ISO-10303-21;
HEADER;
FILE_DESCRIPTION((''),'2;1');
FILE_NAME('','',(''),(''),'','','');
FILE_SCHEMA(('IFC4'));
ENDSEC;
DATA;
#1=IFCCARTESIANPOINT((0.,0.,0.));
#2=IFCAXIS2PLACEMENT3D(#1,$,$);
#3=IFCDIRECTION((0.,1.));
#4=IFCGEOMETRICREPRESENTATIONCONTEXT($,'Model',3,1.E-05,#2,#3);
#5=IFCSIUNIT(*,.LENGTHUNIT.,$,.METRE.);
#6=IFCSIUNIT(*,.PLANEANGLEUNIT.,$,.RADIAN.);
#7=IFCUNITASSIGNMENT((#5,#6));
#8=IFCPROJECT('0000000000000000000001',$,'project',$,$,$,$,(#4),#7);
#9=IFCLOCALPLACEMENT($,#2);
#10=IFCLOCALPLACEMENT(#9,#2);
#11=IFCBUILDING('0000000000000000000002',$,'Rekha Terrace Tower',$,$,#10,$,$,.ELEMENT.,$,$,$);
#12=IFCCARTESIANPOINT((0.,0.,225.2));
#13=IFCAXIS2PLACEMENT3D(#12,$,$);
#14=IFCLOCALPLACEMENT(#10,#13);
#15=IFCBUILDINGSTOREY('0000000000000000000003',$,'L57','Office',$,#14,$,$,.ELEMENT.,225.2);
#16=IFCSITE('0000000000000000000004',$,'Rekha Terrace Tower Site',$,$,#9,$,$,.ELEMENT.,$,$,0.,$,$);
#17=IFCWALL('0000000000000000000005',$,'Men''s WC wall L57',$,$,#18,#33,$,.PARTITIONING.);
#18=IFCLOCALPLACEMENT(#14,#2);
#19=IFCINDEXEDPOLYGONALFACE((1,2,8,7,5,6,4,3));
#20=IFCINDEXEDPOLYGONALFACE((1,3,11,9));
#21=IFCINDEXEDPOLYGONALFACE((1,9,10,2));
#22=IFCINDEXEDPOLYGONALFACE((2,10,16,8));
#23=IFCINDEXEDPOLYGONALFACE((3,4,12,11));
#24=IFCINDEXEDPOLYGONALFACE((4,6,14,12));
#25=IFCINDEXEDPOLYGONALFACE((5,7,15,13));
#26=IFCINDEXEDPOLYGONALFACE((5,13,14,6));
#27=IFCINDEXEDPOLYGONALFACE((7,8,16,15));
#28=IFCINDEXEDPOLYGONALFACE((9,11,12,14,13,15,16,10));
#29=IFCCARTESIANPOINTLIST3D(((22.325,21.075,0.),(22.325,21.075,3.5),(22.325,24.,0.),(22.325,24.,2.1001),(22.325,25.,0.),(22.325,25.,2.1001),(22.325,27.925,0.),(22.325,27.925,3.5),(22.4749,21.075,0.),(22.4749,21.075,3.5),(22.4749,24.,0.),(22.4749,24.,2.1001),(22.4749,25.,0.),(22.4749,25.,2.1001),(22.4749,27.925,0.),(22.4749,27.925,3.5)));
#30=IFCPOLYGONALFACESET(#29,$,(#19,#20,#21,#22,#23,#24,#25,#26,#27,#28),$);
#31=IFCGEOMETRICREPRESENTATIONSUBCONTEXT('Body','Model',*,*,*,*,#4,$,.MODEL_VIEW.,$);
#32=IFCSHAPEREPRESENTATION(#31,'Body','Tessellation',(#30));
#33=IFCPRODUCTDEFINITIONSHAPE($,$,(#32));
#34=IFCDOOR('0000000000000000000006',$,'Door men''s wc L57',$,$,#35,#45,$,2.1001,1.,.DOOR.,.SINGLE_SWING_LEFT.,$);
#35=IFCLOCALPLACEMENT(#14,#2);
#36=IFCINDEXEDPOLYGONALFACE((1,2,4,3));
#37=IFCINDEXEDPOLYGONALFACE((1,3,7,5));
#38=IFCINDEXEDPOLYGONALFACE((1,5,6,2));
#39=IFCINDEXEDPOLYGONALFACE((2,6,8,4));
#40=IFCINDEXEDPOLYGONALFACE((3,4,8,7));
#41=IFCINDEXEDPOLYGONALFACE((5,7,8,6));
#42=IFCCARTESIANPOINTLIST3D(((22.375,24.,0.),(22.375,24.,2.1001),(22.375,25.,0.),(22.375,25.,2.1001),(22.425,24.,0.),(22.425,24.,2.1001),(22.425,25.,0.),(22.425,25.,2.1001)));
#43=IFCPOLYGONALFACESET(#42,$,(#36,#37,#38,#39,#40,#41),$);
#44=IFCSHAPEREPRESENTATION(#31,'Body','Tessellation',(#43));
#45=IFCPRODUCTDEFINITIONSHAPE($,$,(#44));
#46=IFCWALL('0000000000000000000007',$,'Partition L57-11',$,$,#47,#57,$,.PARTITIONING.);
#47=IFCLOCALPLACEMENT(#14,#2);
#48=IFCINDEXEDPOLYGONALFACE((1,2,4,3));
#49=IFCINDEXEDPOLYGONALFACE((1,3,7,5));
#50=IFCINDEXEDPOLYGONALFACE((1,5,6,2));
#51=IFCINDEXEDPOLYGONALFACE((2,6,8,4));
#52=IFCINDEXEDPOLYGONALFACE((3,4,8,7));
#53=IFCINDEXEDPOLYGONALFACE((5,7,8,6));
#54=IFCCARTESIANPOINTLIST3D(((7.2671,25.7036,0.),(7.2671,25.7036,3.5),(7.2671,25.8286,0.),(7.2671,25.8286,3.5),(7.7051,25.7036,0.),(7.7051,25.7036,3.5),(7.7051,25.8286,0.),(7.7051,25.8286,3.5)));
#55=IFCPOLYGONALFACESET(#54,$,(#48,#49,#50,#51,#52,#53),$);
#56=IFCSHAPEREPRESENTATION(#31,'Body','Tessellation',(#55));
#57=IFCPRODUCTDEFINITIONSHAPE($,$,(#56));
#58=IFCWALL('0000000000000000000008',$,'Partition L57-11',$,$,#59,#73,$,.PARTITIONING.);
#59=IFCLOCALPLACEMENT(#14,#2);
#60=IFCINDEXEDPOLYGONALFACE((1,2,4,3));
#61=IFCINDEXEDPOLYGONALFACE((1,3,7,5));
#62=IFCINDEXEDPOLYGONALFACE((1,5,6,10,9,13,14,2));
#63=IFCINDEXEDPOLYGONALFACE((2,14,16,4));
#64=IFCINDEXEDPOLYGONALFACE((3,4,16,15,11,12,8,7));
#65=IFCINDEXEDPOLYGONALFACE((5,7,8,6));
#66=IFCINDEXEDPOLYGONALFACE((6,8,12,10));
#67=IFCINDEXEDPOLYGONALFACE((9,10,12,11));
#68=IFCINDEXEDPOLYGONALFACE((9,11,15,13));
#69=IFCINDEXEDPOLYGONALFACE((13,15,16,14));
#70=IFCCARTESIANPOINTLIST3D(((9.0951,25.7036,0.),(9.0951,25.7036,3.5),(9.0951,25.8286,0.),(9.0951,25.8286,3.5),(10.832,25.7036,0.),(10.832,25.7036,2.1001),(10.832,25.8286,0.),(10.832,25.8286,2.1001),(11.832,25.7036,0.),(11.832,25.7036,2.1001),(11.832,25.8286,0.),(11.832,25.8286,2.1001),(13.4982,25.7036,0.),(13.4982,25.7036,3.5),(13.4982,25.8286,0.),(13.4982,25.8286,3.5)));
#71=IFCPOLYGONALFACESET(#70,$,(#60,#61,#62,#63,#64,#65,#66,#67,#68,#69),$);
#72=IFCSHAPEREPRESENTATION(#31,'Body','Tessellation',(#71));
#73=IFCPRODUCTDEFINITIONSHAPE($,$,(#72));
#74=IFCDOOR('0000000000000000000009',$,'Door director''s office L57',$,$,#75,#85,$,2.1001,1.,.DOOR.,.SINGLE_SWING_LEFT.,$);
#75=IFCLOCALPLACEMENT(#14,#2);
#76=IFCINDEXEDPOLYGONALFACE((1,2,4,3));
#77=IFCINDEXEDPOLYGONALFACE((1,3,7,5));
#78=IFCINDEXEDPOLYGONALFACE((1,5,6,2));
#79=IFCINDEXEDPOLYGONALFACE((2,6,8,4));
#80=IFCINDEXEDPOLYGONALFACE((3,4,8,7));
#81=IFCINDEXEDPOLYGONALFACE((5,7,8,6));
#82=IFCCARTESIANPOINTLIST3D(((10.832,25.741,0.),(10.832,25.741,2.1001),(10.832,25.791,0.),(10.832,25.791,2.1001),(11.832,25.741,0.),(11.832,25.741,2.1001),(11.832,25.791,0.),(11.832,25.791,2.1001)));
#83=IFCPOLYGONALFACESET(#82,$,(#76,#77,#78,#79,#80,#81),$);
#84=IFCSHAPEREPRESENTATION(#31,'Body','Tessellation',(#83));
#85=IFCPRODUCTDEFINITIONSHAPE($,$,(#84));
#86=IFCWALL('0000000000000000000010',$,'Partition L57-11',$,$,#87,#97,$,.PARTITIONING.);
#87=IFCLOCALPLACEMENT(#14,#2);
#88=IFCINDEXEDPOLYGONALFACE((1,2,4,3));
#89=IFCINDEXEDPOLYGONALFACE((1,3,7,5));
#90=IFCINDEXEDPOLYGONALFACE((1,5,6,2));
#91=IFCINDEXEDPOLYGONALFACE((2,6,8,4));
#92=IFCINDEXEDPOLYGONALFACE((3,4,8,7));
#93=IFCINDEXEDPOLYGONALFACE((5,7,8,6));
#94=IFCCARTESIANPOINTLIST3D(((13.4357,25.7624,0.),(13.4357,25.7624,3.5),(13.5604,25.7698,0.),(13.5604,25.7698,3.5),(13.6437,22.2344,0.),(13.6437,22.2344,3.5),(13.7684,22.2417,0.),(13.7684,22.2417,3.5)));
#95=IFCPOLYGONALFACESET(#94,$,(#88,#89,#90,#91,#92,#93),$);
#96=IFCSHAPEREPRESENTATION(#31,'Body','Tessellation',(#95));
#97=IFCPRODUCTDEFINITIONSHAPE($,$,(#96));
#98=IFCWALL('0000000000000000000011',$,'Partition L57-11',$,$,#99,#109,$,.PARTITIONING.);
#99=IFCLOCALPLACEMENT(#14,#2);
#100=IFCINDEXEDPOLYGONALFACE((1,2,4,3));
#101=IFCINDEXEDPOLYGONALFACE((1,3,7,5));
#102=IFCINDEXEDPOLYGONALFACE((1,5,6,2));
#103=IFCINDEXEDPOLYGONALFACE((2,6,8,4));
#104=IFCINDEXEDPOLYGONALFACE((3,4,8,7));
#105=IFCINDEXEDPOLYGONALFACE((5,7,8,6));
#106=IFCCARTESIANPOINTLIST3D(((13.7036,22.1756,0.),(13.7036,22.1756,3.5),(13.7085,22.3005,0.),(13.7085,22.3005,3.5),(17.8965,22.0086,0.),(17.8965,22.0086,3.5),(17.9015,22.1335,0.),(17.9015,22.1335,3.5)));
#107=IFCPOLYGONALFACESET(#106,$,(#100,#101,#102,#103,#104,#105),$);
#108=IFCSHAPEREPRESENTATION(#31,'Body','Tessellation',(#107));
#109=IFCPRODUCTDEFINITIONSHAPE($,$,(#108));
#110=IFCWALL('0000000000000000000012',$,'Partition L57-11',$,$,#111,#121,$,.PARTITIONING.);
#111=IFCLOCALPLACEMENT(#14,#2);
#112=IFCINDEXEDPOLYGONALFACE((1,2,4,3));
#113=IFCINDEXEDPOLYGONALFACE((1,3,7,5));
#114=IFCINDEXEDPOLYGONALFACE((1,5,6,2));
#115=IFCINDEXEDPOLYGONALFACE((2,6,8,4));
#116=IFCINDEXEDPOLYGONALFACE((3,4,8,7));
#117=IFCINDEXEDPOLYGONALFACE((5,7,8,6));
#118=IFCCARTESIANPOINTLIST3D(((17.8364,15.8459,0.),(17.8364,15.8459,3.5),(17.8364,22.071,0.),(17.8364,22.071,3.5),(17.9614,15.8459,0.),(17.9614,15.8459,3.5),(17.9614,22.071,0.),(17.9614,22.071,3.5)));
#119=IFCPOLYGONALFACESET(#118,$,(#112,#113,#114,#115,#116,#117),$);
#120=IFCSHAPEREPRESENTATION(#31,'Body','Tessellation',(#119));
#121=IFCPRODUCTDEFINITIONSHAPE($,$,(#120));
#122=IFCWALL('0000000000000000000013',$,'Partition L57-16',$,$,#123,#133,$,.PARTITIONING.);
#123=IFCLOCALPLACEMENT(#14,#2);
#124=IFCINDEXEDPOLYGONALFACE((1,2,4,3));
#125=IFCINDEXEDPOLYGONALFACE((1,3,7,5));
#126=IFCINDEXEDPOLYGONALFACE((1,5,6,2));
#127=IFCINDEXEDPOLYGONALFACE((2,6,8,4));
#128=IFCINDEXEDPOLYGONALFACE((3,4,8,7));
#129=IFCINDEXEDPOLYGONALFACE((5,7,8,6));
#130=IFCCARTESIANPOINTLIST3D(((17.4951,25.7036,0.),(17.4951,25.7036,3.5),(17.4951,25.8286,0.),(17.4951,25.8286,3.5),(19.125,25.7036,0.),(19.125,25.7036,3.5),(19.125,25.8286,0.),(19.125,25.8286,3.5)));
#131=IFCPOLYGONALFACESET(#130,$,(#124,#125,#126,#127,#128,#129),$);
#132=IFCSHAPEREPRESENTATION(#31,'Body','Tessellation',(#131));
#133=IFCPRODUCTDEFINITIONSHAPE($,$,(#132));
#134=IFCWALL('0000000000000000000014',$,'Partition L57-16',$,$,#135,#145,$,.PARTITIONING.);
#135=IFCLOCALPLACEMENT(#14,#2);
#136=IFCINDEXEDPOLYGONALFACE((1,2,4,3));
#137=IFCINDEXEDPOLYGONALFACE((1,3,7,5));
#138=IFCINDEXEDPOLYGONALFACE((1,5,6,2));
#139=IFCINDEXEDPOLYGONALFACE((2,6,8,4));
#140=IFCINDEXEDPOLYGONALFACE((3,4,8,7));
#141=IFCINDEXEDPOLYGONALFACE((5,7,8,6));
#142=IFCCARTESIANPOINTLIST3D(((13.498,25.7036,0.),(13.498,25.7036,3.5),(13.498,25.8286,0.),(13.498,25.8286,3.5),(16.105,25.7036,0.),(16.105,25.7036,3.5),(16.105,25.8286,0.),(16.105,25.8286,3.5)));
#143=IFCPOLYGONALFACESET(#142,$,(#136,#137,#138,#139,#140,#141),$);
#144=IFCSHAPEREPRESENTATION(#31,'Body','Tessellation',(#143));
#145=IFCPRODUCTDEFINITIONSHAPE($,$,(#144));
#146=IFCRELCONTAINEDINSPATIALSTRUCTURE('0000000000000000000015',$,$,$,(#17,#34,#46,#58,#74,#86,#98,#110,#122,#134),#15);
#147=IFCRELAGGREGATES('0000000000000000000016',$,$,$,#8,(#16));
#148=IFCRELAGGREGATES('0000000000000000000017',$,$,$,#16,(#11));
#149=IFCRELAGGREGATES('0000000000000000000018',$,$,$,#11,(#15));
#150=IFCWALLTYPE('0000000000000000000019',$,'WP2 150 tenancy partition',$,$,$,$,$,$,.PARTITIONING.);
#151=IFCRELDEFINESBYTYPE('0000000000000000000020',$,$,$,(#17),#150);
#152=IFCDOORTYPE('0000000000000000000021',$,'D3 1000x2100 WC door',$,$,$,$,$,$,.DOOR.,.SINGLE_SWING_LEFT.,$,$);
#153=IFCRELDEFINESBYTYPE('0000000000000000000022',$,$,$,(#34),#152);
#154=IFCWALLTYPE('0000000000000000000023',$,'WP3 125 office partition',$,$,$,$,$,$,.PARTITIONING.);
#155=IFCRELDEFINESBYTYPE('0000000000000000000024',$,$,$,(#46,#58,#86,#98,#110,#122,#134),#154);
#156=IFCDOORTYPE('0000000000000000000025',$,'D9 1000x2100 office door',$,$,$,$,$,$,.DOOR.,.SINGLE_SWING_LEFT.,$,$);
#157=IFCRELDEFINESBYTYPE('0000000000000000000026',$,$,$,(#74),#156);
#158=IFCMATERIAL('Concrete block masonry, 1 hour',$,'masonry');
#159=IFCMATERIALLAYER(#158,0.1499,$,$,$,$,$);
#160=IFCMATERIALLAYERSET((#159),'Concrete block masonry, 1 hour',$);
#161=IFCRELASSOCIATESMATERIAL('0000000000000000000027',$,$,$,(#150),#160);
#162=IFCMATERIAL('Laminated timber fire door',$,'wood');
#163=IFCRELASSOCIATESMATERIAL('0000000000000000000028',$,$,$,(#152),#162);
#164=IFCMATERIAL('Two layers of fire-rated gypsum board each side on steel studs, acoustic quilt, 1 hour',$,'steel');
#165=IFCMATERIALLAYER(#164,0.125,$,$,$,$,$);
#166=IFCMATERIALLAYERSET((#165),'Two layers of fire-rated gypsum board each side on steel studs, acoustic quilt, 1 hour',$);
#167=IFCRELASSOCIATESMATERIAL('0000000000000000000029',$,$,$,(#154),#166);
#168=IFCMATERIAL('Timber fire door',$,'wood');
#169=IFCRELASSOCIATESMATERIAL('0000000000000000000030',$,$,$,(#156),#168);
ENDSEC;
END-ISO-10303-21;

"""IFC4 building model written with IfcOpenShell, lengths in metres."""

from ifc_helpers import new_model, si_unit, direction, frame, frame_2d, origin, place, context, subcontext, project, spatial, rectangle, extrude, material, layer, layer_set, type_object, element, fill, save


model = new_model("IFC4")

# Units and contexts
model_context = context("Model", 3, precision=1e-05, world=origin(), true_north=direction((0.0, 1.0)))
body_context = subcontext(model_context, "Body", "Model", "MODEL_VIEW")
ifc_project = project(units=[si_unit("LENGTHUNIT", "METRE"), si_unit("PLANEANGLEUNIT", "RADIAN")], contexts=[model_context])

# Site, building, storey
site_placement = place(None, origin())
site = spatial("IfcSite", under=ifc_project, at=site_placement, Name="Rekha Terrace Tower Site", CompositionType="ELEMENT", RefElevation=0.0)
building_placement = place(site_placement, origin())
building = spatial("IfcBuilding", under=site, at=building_placement, Name="Rekha Terrace Tower", CompositionType="ELEMENT")
storey_placement = place(building_placement, frame((0.0, 0.0, 225.2)))
storey = spatial("IfcBuildingStorey", under=building, at=storey_placement, Name="L57", Description="Office", CompositionType="ELEMENT", Elevation=225.2)

# Shared definitions
ifc_material_1 = material(Name="Concrete block masonry, 1 hour", Category="masonry")
ifc_layer_1 = layer(ifc_material_1, 0.1499)
ifc_layer_set_1 = layer_set([ifc_layer_1], Name="Concrete block masonry, 1 hour")
wall_type_1 = type_object("IfcWallType", Name="WP2 150 tenancy partition", PredefinedType="PARTITIONING", material=ifc_layer_set_1)

# Wall, opening, door
wall_1_placement = place(storey_placement, frame((22.3999, 21.075, 0.0), z_axis=(0.0, 0.0, 1.0), x_axis=(0.0, 1.0, 0.0)))
wall_1 = element("IfcWall", 1, at=wall_1_placement, inside=storey, type_object=wall_type_1, Name="Men's WC wall L57", PredefinedType="PARTITIONING", context=body_context, shape_type="SweptSolid", body=[
    extrude(rectangle(XDim=6.8501, YDim=0.1499, at=frame_2d((3.425, 0.0))), origin(), (0.0, 0.0, 1.0), 3.5),
])
opening_1_placement = place(wall_1_placement, frame((2.925, 0.0, 0.0)))
opening_1 = element("IfcOpeningElement", 2, at=opening_1_placement, cuts=wall_1, PredefinedType="OPENING", context=body_context, shape_type="SweptSolid", body=[
    extrude(rectangle(XDim=1.0, YDim=2.1001, at=frame_2d((0.5, 1.05))), frame((0.0, 0.085, 0.0), z_axis=(0.0, -1.0, 0.0), x_axis=(1.0, 0.0, 0.0)), (0.0, 0.0, 1.0), 0.1699),
])
ifc_material_2 = material(Name="Laminated timber fire door", Category="wood")
door_type_1 = type_object("IfcDoorType", Name="D3 1000x2100 WC door", OperationType="SINGLE_SWING_LEFT", PredefinedType="DOOR", material=ifc_material_2)
door_1_placement = place(opening_1_placement, origin())
door_1 = element("IfcDoor", 3, at=door_1_placement, inside=storey, type_object=door_type_1, Name="Door men's wc L57", OperationType="SINGLE_SWING_LEFT", OverallHeight=2.1001, OverallWidth=1.0, PredefinedType="DOOR", context=body_context, shape_type="SweptSolid", body=[
    extrude(rectangle(XDim=1.0, YDim=2.1001, at=frame_2d((0.5, 1.05))), frame((0.0, 0.0249, 0.0), z_axis=(0.0, -1.0, 0.0), x_axis=(1.0, 0.0, 0.0)), (0.0, 0.0, 1.0), 0.05),
])
fill(opening_1, door_1)

# Wall
ifc_material_3 = material(Name="Two layers of fire-rated gypsum board each side on steel studs, acoustic quilt, 1 hour", Category="steel")
ifc_layer_2 = layer(ifc_material_3, 0.125)
ifc_layer_set_2 = layer_set([ifc_layer_2], Name="Two layers of fire-rated gypsum board each side on steel studs, acoustic quilt, 1 hour")
wall_type_2 = type_object("IfcWallType", Name="WP3 125 office partition", PredefinedType="PARTITIONING", material=ifc_layer_set_2)
wall_2_placement = place(storey_placement, frame((7.2671, 25.7661, 0.0), z_axis=(0.0, 0.0, 1.0), x_axis=(1.0, 0.0, 0.0)))
element("IfcWall", 4, at=wall_2_placement, inside=storey, type_object=wall_type_2, Name="Partition L57-11", PredefinedType="PARTITIONING", context=body_context, shape_type="SweptSolid", body=[
    extrude(rectangle(XDim=0.438, YDim=0.125, at=frame_2d((0.219, 0.0))), origin(), (0.0, 0.0, 1.0), 3.5),
])

# Wall, opening, door
wall_3_placement = place(storey_placement, frame((9.095, 25.7661, 0.0), z_axis=(0.0, 0.0, 1.0), x_axis=(1.0, 0.0, 0.0)))
wall_3 = element("IfcWall", 5, at=wall_3_placement, inside=storey, type_object=wall_type_2, Name="Partition L57-11", PredefinedType="PARTITIONING", context=body_context, shape_type="SweptSolid", body=[
    extrude(rectangle(XDim=4.4031, YDim=0.125, at=frame_2d((2.2017, 0.0))), origin(), (0.0, 0.0, 1.0), 3.5),
])
opening_2_placement = place(wall_3_placement, frame((1.7371, 0.0, 0.0)))
opening_2 = element("IfcOpeningElement", 6, at=opening_2_placement, cuts=wall_3, PredefinedType="OPENING", context=body_context, shape_type="SweptSolid", body=[
    extrude(rectangle(XDim=1.0, YDim=2.1001, at=frame_2d((0.5, 1.05))), frame((0.0, 0.0725, 0.0), z_axis=(0.0, -1.0, 0.0), x_axis=(1.0, 0.0, 0.0)), (0.0, 0.0, 1.0), 0.145),
])
ifc_material_4 = material(Name="Timber fire door", Category="wood")
door_type_2 = type_object("IfcDoorType", Name="D9 1000x2100 office door", OperationType="SINGLE_SWING_LEFT", PredefinedType="DOOR", material=ifc_material_4)
door_2_placement = place(opening_2_placement, origin())
door_2 = element("IfcDoor", 7, at=door_2_placement, inside=storey, type_object=door_type_2, Name="Door director's office L57", OperationType="SINGLE_SWING_LEFT", OverallHeight=2.1001, OverallWidth=1.0, PredefinedType="DOOR", context=body_context, shape_type="SweptSolid", body=[
    extrude(rectangle(XDim=1.0, YDim=2.1001, at=frame_2d((0.5, 1.05))), frame((0.0, 0.0249, 0.0), z_axis=(0.0, -1.0, 0.0), x_axis=(1.0, 0.0, 0.0)), (0.0, 0.0, 1.0), 0.05),
])
fill(opening_2, door_2)

# Walls
wall_4_placement = place(storey_placement, frame((13.498, 25.7661, 0.0), z_axis=(0.0, 0.0, 1.0), x_axis=(0.058856, -0.998267, 0.0)))
element("IfcWall", 8, at=wall_4_placement, inside=storey, type_object=wall_type_2, Name="Partition L57-11", PredefinedType="PARTITIONING", context=body_context, shape_type="SweptSolid", body=[
    extrude(rectangle(XDim=3.5342, YDim=0.125, at=frame_2d((1.7671, 0.0))), origin(), (0.0, 0.0, 1.0), 3.5),
])
wall_5_placement = place(storey_placement, frame((13.7061, 22.238, 0.0), z_axis=(0.0, 0.0, 1.0), x_axis=(0.999208, -0.039796, 0.0)))
element("IfcWall", 9, at=wall_5_placement, inside=storey, type_object=wall_type_2, Name="Partition L57-11", PredefinedType="PARTITIONING", context=body_context, shape_type="SweptSolid", body=[
    extrude(rectangle(XDim=4.1963, YDim=0.125, at=frame_2d((2.0981, 0.0))), origin(), (0.0, 0.0, 1.0), 3.5),
])
wall_6_placement = place(storey_placement, frame((17.8989, 22.071, 0.0), z_axis=(0.0, 0.0, 1.0), x_axis=(0.0, -1.0, 0.0)))
element("IfcWall", 10, at=wall_6_placement, inside=storey, type_object=wall_type_2, Name="Partition L57-11", PredefinedType="PARTITIONING", context=body_context, shape_type="SweptSolid", body=[
    extrude(rectangle(XDim=6.2251, YDim=0.125, at=frame_2d((3.1125, 0.0))), origin(), (0.0, 0.0, 1.0), 3.5),
])
wall_7_placement = place(storey_placement, frame((19.125, 25.7661, 0.0), z_axis=(0.0, 0.0, 1.0), x_axis=(-1.0, 0.0, 0.0)))
element("IfcWall", 11, at=wall_7_placement, inside=storey, type_object=wall_type_2, Name="Partition L57-16", PredefinedType="PARTITIONING", context=body_context, shape_type="SweptSolid", body=[
    extrude(rectangle(XDim=1.6299, YDim=0.125, at=frame_2d((0.8149, 0.0))), origin(), (0.0, 0.0, 1.0), 3.5),
])
wall_8_placement = place(storey_placement, frame((16.105, 25.7661, 0.0), z_axis=(0.0, 0.0, 1.0), x_axis=(-1.0, 0.0, 0.0)))
element("IfcWall", 12, at=wall_8_placement, inside=storey, type_object=wall_type_2, Name="Partition L57-16", PredefinedType="PARTITIONING", context=body_context, shape_type="SweptSolid", body=[
    extrude(rectangle(XDim=2.6069, YDim=0.125, at=frame_2d((1.3035, 0.0))), origin(), (0.0, 0.0, 1.0), 3.5),
])

save(model, "model.ifc")
